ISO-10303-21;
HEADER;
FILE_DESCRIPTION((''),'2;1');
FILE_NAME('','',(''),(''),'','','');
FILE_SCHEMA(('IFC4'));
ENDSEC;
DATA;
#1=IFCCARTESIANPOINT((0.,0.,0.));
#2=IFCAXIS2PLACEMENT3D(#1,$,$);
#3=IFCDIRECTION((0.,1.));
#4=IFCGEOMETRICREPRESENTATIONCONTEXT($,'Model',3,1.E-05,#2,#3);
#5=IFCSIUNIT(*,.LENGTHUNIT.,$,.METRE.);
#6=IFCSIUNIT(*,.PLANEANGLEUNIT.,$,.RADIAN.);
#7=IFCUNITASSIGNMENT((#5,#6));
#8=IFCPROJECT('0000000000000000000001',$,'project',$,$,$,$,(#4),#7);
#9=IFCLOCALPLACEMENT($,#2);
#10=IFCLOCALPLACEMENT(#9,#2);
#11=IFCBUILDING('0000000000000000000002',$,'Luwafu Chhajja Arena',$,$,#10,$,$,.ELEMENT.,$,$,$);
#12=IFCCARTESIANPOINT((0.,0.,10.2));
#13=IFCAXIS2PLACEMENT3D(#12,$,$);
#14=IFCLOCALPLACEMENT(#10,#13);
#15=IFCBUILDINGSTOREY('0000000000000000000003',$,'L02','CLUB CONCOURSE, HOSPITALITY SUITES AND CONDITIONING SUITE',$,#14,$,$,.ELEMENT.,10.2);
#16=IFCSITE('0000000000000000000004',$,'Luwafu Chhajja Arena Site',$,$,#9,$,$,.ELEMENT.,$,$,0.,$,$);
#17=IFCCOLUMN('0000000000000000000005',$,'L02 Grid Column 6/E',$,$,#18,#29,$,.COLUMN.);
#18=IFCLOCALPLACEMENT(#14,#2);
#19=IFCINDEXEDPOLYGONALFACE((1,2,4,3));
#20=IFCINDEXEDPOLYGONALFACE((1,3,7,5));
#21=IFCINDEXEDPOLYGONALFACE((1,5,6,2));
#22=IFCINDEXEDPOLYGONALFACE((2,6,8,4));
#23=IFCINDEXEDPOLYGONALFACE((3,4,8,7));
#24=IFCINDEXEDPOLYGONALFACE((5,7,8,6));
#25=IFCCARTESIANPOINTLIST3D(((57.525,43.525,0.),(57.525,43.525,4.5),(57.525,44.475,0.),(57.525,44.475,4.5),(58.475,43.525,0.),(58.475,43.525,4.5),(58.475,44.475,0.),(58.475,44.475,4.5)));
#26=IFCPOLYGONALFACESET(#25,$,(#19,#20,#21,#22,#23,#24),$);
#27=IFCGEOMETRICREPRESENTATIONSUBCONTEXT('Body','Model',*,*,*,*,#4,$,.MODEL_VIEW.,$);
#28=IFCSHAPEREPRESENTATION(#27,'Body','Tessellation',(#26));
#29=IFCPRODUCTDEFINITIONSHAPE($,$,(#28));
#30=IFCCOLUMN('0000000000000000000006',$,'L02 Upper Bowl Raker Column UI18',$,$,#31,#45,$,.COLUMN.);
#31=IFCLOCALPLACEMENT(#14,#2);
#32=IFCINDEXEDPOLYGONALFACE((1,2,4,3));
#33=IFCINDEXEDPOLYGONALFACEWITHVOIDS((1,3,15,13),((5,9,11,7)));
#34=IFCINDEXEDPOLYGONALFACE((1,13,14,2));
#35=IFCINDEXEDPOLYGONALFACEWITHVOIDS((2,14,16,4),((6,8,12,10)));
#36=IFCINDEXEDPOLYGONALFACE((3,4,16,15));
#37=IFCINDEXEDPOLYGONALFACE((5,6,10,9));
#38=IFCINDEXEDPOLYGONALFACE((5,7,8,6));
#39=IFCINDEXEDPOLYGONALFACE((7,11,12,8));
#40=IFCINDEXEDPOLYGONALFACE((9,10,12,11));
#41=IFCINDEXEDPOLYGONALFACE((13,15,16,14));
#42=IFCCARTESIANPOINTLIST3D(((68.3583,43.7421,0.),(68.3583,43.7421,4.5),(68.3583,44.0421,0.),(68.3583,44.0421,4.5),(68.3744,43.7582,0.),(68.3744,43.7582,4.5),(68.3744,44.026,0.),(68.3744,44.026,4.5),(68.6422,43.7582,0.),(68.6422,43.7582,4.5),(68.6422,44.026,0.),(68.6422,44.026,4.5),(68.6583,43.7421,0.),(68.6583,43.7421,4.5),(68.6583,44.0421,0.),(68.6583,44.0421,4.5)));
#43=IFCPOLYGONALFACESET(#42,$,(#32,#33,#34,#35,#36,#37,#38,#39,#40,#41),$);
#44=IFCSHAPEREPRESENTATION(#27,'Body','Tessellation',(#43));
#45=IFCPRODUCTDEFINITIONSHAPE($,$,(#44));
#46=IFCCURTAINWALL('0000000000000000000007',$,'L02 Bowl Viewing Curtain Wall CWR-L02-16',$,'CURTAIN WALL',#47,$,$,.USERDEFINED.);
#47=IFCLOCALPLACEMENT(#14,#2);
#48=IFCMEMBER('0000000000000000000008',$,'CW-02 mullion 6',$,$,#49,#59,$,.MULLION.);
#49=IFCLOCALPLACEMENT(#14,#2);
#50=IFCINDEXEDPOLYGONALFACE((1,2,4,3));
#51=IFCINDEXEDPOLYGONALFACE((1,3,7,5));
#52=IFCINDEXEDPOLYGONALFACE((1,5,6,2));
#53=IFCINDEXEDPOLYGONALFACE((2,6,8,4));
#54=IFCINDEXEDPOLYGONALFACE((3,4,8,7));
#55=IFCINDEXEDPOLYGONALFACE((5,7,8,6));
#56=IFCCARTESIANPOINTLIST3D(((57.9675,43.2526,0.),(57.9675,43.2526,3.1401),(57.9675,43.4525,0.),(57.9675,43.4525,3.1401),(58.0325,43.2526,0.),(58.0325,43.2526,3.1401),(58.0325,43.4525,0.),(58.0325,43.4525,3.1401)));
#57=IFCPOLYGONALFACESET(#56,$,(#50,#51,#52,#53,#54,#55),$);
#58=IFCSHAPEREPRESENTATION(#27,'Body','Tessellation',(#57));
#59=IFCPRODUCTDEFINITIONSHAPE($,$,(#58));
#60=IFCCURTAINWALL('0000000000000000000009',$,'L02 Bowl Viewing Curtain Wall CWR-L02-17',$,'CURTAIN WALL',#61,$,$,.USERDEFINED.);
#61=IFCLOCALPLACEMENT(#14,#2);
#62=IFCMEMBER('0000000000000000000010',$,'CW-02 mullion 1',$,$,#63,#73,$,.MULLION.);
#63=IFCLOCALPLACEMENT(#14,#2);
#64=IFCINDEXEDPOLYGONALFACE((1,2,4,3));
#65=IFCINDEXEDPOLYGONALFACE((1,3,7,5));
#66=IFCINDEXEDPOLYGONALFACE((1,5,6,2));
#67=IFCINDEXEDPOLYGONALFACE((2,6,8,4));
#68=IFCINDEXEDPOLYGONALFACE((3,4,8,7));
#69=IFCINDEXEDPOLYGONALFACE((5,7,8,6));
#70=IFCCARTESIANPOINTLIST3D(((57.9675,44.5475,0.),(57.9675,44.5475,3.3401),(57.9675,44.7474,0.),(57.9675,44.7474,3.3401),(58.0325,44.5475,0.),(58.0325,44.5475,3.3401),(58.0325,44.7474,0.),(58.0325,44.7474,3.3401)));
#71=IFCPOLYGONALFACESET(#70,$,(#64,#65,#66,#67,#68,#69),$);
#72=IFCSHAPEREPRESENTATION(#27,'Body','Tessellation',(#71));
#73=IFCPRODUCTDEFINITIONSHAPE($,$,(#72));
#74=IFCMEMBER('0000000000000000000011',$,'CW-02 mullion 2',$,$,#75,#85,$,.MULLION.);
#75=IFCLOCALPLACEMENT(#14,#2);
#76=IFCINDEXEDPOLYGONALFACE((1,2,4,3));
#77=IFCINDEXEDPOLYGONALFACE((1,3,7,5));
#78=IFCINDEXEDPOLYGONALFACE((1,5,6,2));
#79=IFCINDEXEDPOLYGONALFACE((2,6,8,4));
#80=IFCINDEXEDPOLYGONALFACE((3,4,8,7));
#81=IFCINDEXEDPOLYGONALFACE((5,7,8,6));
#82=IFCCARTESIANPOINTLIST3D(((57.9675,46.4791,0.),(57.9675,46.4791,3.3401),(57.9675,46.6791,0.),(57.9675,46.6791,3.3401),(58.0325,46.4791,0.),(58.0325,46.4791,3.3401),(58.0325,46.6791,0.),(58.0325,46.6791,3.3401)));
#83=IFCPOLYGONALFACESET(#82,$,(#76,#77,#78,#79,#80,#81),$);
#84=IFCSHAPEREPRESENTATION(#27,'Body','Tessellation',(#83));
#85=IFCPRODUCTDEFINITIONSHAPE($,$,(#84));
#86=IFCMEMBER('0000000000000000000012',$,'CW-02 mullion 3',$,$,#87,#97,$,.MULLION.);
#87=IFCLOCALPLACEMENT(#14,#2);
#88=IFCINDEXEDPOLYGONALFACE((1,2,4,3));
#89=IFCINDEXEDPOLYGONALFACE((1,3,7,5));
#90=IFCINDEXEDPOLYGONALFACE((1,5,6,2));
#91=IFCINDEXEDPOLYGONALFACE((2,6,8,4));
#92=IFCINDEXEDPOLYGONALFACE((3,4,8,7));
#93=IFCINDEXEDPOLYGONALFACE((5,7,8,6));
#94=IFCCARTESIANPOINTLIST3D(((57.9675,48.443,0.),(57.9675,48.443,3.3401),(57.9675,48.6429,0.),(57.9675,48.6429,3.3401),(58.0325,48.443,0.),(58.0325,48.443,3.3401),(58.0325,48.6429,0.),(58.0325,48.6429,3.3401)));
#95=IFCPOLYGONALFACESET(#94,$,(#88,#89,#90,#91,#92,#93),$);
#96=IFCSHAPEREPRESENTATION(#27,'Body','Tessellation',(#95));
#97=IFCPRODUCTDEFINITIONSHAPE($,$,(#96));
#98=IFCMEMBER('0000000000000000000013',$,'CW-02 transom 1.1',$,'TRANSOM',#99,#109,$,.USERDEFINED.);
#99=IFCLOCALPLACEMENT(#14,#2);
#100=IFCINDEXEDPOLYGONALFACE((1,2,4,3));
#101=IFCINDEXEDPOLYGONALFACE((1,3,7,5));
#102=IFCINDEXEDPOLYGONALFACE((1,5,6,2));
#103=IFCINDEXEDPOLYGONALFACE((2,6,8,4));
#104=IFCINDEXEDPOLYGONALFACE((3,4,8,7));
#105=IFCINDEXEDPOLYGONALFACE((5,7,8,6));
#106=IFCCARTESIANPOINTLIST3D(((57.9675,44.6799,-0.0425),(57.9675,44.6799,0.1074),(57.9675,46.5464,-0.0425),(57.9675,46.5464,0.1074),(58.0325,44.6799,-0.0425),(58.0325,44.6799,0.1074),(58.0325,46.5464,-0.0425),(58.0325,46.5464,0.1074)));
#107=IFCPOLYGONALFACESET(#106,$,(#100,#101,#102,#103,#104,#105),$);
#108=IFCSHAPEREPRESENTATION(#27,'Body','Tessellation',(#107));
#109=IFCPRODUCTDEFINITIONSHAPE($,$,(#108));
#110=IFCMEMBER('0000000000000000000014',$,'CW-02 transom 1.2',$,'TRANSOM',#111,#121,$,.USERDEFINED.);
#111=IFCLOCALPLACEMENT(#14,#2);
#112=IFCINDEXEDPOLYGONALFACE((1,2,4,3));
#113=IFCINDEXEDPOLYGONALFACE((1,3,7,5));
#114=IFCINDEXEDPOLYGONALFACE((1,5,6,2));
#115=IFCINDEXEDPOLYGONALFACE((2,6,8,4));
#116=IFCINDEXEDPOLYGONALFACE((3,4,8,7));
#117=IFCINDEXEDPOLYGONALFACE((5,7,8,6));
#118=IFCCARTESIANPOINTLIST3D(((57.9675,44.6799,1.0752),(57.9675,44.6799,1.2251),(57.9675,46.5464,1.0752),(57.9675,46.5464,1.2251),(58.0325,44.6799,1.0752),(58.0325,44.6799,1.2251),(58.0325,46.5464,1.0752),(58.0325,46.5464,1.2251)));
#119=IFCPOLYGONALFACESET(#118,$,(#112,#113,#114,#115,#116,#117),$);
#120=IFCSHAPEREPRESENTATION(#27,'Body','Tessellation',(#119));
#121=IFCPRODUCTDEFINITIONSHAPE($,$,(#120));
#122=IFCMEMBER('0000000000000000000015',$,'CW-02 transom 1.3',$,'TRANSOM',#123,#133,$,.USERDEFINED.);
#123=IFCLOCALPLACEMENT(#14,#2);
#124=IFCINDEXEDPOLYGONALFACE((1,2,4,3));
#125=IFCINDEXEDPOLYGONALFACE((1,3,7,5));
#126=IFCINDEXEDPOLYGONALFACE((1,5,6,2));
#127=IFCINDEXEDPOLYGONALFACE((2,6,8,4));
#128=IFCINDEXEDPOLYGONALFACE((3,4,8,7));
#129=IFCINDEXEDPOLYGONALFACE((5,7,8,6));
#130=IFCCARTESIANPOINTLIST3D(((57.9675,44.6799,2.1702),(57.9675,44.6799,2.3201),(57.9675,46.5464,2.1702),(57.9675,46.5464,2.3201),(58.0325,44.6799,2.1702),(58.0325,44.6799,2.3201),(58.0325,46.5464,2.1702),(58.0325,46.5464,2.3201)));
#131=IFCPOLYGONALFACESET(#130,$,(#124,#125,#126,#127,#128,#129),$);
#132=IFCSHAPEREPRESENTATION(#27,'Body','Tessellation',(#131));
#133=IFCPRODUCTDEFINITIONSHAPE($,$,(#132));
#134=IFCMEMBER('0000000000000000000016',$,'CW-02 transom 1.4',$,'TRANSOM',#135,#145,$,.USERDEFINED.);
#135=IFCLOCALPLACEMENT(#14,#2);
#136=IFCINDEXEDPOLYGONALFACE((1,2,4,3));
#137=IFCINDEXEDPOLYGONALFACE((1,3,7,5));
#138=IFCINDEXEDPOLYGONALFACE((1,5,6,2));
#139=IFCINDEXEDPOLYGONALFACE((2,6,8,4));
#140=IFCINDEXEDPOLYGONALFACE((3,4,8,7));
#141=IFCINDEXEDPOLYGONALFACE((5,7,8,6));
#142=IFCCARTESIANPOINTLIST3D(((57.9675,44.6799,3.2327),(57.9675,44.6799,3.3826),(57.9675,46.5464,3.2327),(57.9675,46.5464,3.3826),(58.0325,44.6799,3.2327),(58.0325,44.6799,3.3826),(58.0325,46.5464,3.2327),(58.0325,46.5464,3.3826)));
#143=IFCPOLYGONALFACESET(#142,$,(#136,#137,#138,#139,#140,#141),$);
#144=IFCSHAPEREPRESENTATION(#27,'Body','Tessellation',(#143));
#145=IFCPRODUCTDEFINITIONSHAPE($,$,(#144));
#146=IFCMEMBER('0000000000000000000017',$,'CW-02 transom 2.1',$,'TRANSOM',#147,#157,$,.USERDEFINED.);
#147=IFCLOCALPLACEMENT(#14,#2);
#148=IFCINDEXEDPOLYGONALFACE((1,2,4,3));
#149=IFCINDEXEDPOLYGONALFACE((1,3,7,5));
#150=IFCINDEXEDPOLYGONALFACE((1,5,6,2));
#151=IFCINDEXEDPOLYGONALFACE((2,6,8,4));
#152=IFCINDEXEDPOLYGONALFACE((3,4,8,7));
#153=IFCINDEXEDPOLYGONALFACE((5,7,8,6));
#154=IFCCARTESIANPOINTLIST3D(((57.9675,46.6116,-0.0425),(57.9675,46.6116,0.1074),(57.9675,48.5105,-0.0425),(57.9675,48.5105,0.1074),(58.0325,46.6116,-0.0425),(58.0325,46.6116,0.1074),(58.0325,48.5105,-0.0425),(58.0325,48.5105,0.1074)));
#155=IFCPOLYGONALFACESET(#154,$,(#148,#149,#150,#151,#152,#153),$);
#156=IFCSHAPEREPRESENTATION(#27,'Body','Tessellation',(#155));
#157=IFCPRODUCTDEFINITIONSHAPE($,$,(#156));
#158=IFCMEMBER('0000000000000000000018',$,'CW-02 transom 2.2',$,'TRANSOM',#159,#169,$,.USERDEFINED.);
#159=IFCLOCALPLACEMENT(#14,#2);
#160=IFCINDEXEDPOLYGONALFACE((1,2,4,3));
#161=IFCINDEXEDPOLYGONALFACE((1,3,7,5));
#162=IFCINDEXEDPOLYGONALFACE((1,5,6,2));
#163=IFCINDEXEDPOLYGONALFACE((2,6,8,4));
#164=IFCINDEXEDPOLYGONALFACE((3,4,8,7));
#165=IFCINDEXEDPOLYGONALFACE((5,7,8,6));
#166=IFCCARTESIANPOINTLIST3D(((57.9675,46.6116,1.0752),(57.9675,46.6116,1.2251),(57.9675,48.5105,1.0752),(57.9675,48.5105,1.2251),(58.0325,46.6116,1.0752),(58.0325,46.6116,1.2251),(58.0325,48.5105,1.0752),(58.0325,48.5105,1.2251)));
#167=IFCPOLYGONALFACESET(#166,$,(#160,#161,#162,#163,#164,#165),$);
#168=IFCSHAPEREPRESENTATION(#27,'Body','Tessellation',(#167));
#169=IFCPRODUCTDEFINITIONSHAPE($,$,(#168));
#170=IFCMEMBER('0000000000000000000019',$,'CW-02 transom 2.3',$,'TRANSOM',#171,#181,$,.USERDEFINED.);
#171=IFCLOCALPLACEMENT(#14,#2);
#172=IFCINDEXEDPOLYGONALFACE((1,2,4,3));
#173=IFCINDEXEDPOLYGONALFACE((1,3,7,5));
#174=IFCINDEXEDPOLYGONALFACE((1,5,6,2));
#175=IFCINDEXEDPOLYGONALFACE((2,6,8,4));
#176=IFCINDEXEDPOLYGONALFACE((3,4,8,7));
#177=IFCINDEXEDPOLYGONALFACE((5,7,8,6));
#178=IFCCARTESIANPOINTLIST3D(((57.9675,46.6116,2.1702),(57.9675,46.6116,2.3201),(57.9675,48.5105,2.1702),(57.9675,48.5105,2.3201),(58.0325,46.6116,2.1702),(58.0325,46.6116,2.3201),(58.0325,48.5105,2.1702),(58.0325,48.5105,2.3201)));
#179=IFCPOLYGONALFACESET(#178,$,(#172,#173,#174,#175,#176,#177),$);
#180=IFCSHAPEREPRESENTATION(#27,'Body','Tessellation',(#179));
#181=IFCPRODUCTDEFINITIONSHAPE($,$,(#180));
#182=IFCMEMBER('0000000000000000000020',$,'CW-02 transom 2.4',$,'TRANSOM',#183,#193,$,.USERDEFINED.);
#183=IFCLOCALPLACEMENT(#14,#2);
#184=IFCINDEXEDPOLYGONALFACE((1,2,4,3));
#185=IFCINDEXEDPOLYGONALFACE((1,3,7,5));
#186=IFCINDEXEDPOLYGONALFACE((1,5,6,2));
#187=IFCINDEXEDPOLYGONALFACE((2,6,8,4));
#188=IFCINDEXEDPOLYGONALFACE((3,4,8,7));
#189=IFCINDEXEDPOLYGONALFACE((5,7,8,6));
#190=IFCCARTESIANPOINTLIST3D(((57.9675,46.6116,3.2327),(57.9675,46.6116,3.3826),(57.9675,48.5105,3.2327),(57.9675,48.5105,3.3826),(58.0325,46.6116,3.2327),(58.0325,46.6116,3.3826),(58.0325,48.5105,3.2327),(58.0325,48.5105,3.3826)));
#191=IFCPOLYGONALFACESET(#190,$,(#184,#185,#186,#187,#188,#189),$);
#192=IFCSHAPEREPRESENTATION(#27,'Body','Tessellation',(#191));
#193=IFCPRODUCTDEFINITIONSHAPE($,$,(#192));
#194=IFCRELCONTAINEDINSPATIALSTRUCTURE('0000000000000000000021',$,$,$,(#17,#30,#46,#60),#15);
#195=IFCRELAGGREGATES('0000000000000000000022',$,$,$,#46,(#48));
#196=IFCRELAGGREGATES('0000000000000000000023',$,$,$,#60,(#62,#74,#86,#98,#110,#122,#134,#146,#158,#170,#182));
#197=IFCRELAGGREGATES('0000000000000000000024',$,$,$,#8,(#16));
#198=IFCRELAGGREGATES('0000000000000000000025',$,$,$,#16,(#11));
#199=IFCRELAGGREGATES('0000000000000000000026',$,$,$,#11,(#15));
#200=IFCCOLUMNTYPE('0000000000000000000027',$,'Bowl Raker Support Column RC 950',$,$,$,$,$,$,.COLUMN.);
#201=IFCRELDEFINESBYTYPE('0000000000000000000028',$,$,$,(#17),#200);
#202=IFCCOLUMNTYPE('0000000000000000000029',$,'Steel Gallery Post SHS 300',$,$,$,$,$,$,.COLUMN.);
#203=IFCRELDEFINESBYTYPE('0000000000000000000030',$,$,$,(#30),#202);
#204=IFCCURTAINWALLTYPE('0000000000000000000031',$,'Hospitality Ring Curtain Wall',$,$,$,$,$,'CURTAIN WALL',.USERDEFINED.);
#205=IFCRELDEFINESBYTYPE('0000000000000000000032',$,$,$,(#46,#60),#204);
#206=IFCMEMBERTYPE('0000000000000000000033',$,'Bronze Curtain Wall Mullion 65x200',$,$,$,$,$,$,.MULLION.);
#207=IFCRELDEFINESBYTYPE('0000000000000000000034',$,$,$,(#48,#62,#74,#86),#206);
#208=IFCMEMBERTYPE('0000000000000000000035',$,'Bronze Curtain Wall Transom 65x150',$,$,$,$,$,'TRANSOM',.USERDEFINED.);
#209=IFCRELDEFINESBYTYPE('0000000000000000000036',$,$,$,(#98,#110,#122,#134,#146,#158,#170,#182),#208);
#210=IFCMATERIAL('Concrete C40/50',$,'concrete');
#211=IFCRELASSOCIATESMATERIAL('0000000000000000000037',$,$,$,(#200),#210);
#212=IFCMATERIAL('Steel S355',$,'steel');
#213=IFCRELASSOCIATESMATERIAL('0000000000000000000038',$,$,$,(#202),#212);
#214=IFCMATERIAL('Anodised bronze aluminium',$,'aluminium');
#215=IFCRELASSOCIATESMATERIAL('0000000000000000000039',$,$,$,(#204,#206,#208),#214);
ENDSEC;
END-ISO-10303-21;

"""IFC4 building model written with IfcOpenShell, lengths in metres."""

from ifc_helpers import new_model, si_unit, direction, frame, origin, origin_2d, place, context, subcontext, project, spatial, rectangle, hollow_rectangle, extrude, material, material_profile, profile_set, type_object, element, aggregate, save


model = new_model("IFC4")

# Units and contexts
model_context = context("Model", 3, precision=1e-05, world=origin(), true_north=direction((0.0, 1.0)))
body_context = subcontext(model_context, "Body", "Model", "MODEL_VIEW")
ifc_project = project(units=[si_unit("LENGTHUNIT", "METRE"), si_unit("PLANEANGLEUNIT", "RADIAN")], contexts=[model_context])

# Site, building, storey
site_placement = place(None, origin())
site = spatial("IfcSite", under=ifc_project, at=site_placement, Name="Luwafu Chhajja Arena Site", CompositionType="ELEMENT", RefElevation=0.0)
building_placement = place(site_placement, origin())
building = spatial("IfcBuilding", under=site, at=building_placement, Name="Luwafu Chhajja Arena", CompositionType="ELEMENT")
storey_placement = place(building_placement, frame((0.0, 0.0, 10.2)))
storey = spatial("IfcBuildingStorey", under=building, at=storey_placement, Name="L02", Description="CLUB CONCOURSE, HOSPITALITY SUITES AND CONDITIONING SUITE", CompositionType="ELEMENT", Elevation=10.2)

# Columns
ifc_material_1 = material(Name="Concrete C40/50", Category="concrete")
ifc_material_profile_1 = material_profile(ifc_material_1, rectangle(XDim=0.95, YDim=0.95, at=origin_2d()), Name="RC 950x950")
ifc_profile_set_1 = profile_set([ifc_material_profile_1], Name="Concrete C40/50")
column_type_1 = type_object("IfcColumnType", Name="Bowl Raker Support Column RC 950", PredefinedType="COLUMN", material=ifc_profile_set_1)
column_1_placement = place(storey_placement, frame((58.0, 44.0, 0.0), z_axis=(0.0, 0.0, 1.0), x_axis=(1.0, 0.0, 0.0)))
element("IfcColumn", 1, at=column_1_placement, inside=storey, type_object=column_type_1, Name="L02 Grid Column 6/E", PredefinedType="COLUMN", context=body_context, shape_type="SweptSolid", body=[
    extrude(rectangle(XDim=0.95, YDim=0.95, at=origin_2d()), origin(), (0.0, 0.0, 1.0), 4.5),
])
ifc_material_2 = material(Name="Steel S355", Category="steel")
ifc_material_profile_2 = material_profile(ifc_material_2, hollow_rectangle(XDim=0.3, YDim=0.3, WallThickness=0.0161, at=origin_2d()), Name="SHS 300x300x16")
ifc_profile_set_2 = profile_set([ifc_material_profile_2], Name="Steel S355")
column_type_2 = type_object("IfcColumnType", Name="Steel Gallery Post SHS 300", PredefinedType="COLUMN", material=ifc_profile_set_2)
column_2_placement = place(storey_placement, frame((68.5083, 43.8921, 0.0), z_axis=(0.0, 0.0, 1.0), x_axis=(1.0, 0.0, 0.0)))
element("IfcColumn", 2, at=column_2_placement, inside=storey, type_object=column_type_2, Name="L02 Upper Bowl Raker Column UI18", PredefinedType="COLUMN", context=body_context, shape_type="SweptSolid", body=[
    extrude(hollow_rectangle(XDim=0.3, YDim=0.3, WallThickness=0.0161, at=origin_2d()), origin(), (0.0, 0.0, 1.0), 4.5),
])

# Curtain wall, member
ifc_material_3 = material(Name="Anodised bronze aluminium", Category="aluminium")
curtain_wall_type = type_object("IfcCurtainWallType", Name="Hospitality Ring Curtain Wall", ElementType="CURTAIN WALL", PredefinedType="USERDEFINED", material=ifc_material_3)
curtain_wall_1_placement = place(storey_placement, origin())
curtain_wall_1 = element("IfcCurtainWall", 3, at=curtain_wall_1_placement, inside=storey, type_object=curtain_wall_type, Name="L02 Bowl Viewing Curtain Wall CWR-L02-16", ObjectType="CURTAIN WALL", PredefinedType="USERDEFINED")
ifc_material_profile_3 = material_profile(ifc_material_3, rectangle(XDim=0.0649, YDim=0.2, at=origin_2d()), Name="CWM 65x200")
ifc_profile_set_3 = profile_set([ifc_material_profile_3], Name="Anodised bronze aluminium")
member_type_1 = type_object("IfcMemberType", Name="Bronze Curtain Wall Mullion 65x200", PredefinedType="MULLION", material=ifc_profile_set_3)
member_1_placement = place(storey_placement, frame((58.0, 43.3525, 0.0), z_axis=(0.0, 0.0, 1.0), x_axis=(-1.0, 0.0, 0.0)))
member_1 = element("IfcMember", 4, at=member_1_placement, type_object=member_type_1, Name="CW-02 mullion 6", PredefinedType="MULLION", context=body_context, shape_type="SweptSolid", body=[
    extrude(rectangle(XDim=0.0649, YDim=0.2, at=origin_2d()), origin(), (0.0, 0.0, 1.0), 3.1401),
])
aggregate(curtain_wall_1, [member_1])

# Curtain wall, members
curtain_wall_2_placement = place(storey_placement, origin())
curtain_wall_2 = element("IfcCurtainWall", 5, at=curtain_wall_2_placement, inside=storey, type_object=curtain_wall_type, Name="L02 Bowl Viewing Curtain Wall CWR-L02-17", ObjectType="CURTAIN WALL", PredefinedType="USERDEFINED")
member_2_placement = place(storey_placement, frame((58.0, 44.6475, 0.0), z_axis=(0.0, 0.0, 1.0), x_axis=(-1.0, 0.0, 0.0)))
member_2 = element("IfcMember", 6, at=member_2_placement, type_object=member_type_1, Name="CW-02 mullion 1", PredefinedType="MULLION", context=body_context, shape_type="SweptSolid", body=[
    extrude(rectangle(XDim=0.0649, YDim=0.2, at=origin_2d()), origin(), (0.0, 0.0, 1.0), 3.3401),
])
member_3_placement = place(storey_placement, frame((58.0, 46.5791, 0.0), z_axis=(0.0, 0.0, 1.0), x_axis=(-1.0, 0.0, 0.0)))
member_3 = element("IfcMember", 7, at=member_3_placement, type_object=member_type_1, Name="CW-02 mullion 2", PredefinedType="MULLION", context=body_context, shape_type="SweptSolid", body=[
    extrude(rectangle(XDim=0.0649, YDim=0.2, at=origin_2d()), origin(), (0.0, 0.0, 1.0), 3.3401),
])
member_4_placement = place(storey_placement, frame((58.0, 48.543, 0.0), z_axis=(0.0, 0.0, 1.0), x_axis=(-1.0, 0.0, 0.0)))
member_4 = element("IfcMember", 8, at=member_4_placement, type_object=member_type_1, Name="CW-02 mullion 3", PredefinedType="MULLION", context=body_context, shape_type="SweptSolid", body=[
    extrude(rectangle(XDim=0.0649, YDim=0.2, at=origin_2d()), origin(), (0.0, 0.0, 1.0), 3.3401),
])
ifc_material_profile_4 = material_profile(ifc_material_3, rectangle(XDim=0.0649, YDim=0.1499, at=origin_2d()), Name="CWT 65x150")
ifc_profile_set_4 = profile_set([ifc_material_profile_4], Name="Anodised bronze aluminium")
member_type_2 = type_object("IfcMemberType", Name="Bronze Curtain Wall Transom 65x150", ElementType="TRANSOM", PredefinedType="USERDEFINED", material=ifc_profile_set_4)
member_5_placement = place(storey_placement, frame((58.0, 44.6799, 0.0325), z_axis=(0.0, 1.0, 0.0), x_axis=(-1.0, 0.0, 0.0)))
member_5 = element("IfcMember", 9, at=member_5_placement, type_object=member_type_2, Name="CW-02 transom 1.1", ObjectType="TRANSOM", PredefinedType="USERDEFINED", context=body_context, shape_type="SweptSolid", body=[
    extrude(rectangle(XDim=0.0649, YDim=0.1499, at=origin_2d()), origin(), (0.0, 0.0, 1.0), 1.8665),
])
member_6_placement = place(storey_placement, frame((58.0, 44.6799, 1.1501), z_axis=(0.0, 1.0, 0.0), x_axis=(-1.0, 0.0, 0.0)))
member_6 = element("IfcMember", 10, at=member_6_placement, type_object=member_type_2, Name="CW-02 transom 1.2", ObjectType="TRANSOM", PredefinedType="USERDEFINED", context=body_context, shape_type="SweptSolid", body=[
    extrude(rectangle(XDim=0.0649, YDim=0.1499, at=origin_2d()), origin(), (0.0, 0.0, 1.0), 1.8665),
])
member_7_placement = place(storey_placement, frame((58.0, 44.6799, 2.2451), z_axis=(0.0, 1.0, 0.0), x_axis=(-1.0, 0.0, 0.0)))
member_7 = element("IfcMember", 11, at=member_7_placement, type_object=member_type_2, Name="CW-02 transom 1.3", ObjectType="TRANSOM", PredefinedType="USERDEFINED", context=body_context, shape_type="SweptSolid", body=[
    extrude(rectangle(XDim=0.0649, YDim=0.1499, at=origin_2d()), origin(), (0.0, 0.0, 1.0), 1.8665),
])
member_8_placement = place(storey_placement, frame((58.0, 44.6799, 3.3076), z_axis=(0.0, 1.0, 0.0), x_axis=(-1.0, 0.0, 0.0)))
member_8 = element("IfcMember", 12, at=member_8_placement, type_object=member_type_2, Name="CW-02 transom 1.4", ObjectType="TRANSOM", PredefinedType="USERDEFINED", context=body_context, shape_type="SweptSolid", body=[
    extrude(rectangle(XDim=0.0649, YDim=0.1499, at=origin_2d()), origin(), (0.0, 0.0, 1.0), 1.8665),
])
member_9_placement = place(storey_placement, frame((58.0, 46.6116, 0.0325), z_axis=(0.0, 1.0, 0.0), x_axis=(-1.0, 0.0, 0.0)))
member_9 = element("IfcMember", 13, at=member_9_placement, type_object=member_type_2, Name="CW-02 transom 2.1", ObjectType="TRANSOM", PredefinedType="USERDEFINED", context=body_context, shape_type="SweptSolid", body=[
    extrude(rectangle(XDim=0.0649, YDim=0.1499, at=origin_2d()), origin(), (0.0, 0.0, 1.0), 1.8989),
])
member_10_placement = place(storey_placement, frame((58.0, 46.6116, 1.1501), z_axis=(0.0, 1.0, 0.0), x_axis=(-1.0, 0.0, 0.0)))
member_10 = element("IfcMember", 14, at=member_10_placement, type_object=member_type_2, Name="CW-02 transom 2.2", ObjectType="TRANSOM", PredefinedType="USERDEFINED", context=body_context, shape_type="SweptSolid", body=[
    extrude(rectangle(XDim=0.0649, YDim=0.1499, at=origin_2d()), origin(), (0.0, 0.0, 1.0), 1.8989),
])
member_11_placement = place(storey_placement, frame((58.0, 46.6116, 2.2451), z_axis=(0.0, 1.0, 0.0), x_axis=(-1.0, 0.0, 0.0)))
member_11 = element("IfcMember", 15, at=member_11_placement, type_object=member_type_2, Name="CW-02 transom 2.3", ObjectType="TRANSOM", PredefinedType="USERDEFINED", context=body_context, shape_type="SweptSolid", body=[
    extrude(rectangle(XDim=0.0649, YDim=0.1499, at=origin_2d()), origin(), (0.0, 0.0, 1.0), 1.8989),
])
member_12_placement = place(storey_placement, frame((58.0, 46.6116, 3.3076), z_axis=(0.0, 1.0, 0.0), x_axis=(-1.0, 0.0, 0.0)))
member_12 = element("IfcMember", 16, at=member_12_placement, type_object=member_type_2, Name="CW-02 transom 2.4", ObjectType="TRANSOM", PredefinedType="USERDEFINED", context=body_context, shape_type="SweptSolid", body=[
    extrude(rectangle(XDim=0.0649, YDim=0.1499, at=origin_2d()), origin(), (0.0, 0.0, 1.0), 1.8989),
])

aggregate(curtain_wall_2, [member_2, member_3, member_4, member_5, member_6, member_7, member_8, member_9, member_10, member_11, member_12])

save(model, "model.ifc")
